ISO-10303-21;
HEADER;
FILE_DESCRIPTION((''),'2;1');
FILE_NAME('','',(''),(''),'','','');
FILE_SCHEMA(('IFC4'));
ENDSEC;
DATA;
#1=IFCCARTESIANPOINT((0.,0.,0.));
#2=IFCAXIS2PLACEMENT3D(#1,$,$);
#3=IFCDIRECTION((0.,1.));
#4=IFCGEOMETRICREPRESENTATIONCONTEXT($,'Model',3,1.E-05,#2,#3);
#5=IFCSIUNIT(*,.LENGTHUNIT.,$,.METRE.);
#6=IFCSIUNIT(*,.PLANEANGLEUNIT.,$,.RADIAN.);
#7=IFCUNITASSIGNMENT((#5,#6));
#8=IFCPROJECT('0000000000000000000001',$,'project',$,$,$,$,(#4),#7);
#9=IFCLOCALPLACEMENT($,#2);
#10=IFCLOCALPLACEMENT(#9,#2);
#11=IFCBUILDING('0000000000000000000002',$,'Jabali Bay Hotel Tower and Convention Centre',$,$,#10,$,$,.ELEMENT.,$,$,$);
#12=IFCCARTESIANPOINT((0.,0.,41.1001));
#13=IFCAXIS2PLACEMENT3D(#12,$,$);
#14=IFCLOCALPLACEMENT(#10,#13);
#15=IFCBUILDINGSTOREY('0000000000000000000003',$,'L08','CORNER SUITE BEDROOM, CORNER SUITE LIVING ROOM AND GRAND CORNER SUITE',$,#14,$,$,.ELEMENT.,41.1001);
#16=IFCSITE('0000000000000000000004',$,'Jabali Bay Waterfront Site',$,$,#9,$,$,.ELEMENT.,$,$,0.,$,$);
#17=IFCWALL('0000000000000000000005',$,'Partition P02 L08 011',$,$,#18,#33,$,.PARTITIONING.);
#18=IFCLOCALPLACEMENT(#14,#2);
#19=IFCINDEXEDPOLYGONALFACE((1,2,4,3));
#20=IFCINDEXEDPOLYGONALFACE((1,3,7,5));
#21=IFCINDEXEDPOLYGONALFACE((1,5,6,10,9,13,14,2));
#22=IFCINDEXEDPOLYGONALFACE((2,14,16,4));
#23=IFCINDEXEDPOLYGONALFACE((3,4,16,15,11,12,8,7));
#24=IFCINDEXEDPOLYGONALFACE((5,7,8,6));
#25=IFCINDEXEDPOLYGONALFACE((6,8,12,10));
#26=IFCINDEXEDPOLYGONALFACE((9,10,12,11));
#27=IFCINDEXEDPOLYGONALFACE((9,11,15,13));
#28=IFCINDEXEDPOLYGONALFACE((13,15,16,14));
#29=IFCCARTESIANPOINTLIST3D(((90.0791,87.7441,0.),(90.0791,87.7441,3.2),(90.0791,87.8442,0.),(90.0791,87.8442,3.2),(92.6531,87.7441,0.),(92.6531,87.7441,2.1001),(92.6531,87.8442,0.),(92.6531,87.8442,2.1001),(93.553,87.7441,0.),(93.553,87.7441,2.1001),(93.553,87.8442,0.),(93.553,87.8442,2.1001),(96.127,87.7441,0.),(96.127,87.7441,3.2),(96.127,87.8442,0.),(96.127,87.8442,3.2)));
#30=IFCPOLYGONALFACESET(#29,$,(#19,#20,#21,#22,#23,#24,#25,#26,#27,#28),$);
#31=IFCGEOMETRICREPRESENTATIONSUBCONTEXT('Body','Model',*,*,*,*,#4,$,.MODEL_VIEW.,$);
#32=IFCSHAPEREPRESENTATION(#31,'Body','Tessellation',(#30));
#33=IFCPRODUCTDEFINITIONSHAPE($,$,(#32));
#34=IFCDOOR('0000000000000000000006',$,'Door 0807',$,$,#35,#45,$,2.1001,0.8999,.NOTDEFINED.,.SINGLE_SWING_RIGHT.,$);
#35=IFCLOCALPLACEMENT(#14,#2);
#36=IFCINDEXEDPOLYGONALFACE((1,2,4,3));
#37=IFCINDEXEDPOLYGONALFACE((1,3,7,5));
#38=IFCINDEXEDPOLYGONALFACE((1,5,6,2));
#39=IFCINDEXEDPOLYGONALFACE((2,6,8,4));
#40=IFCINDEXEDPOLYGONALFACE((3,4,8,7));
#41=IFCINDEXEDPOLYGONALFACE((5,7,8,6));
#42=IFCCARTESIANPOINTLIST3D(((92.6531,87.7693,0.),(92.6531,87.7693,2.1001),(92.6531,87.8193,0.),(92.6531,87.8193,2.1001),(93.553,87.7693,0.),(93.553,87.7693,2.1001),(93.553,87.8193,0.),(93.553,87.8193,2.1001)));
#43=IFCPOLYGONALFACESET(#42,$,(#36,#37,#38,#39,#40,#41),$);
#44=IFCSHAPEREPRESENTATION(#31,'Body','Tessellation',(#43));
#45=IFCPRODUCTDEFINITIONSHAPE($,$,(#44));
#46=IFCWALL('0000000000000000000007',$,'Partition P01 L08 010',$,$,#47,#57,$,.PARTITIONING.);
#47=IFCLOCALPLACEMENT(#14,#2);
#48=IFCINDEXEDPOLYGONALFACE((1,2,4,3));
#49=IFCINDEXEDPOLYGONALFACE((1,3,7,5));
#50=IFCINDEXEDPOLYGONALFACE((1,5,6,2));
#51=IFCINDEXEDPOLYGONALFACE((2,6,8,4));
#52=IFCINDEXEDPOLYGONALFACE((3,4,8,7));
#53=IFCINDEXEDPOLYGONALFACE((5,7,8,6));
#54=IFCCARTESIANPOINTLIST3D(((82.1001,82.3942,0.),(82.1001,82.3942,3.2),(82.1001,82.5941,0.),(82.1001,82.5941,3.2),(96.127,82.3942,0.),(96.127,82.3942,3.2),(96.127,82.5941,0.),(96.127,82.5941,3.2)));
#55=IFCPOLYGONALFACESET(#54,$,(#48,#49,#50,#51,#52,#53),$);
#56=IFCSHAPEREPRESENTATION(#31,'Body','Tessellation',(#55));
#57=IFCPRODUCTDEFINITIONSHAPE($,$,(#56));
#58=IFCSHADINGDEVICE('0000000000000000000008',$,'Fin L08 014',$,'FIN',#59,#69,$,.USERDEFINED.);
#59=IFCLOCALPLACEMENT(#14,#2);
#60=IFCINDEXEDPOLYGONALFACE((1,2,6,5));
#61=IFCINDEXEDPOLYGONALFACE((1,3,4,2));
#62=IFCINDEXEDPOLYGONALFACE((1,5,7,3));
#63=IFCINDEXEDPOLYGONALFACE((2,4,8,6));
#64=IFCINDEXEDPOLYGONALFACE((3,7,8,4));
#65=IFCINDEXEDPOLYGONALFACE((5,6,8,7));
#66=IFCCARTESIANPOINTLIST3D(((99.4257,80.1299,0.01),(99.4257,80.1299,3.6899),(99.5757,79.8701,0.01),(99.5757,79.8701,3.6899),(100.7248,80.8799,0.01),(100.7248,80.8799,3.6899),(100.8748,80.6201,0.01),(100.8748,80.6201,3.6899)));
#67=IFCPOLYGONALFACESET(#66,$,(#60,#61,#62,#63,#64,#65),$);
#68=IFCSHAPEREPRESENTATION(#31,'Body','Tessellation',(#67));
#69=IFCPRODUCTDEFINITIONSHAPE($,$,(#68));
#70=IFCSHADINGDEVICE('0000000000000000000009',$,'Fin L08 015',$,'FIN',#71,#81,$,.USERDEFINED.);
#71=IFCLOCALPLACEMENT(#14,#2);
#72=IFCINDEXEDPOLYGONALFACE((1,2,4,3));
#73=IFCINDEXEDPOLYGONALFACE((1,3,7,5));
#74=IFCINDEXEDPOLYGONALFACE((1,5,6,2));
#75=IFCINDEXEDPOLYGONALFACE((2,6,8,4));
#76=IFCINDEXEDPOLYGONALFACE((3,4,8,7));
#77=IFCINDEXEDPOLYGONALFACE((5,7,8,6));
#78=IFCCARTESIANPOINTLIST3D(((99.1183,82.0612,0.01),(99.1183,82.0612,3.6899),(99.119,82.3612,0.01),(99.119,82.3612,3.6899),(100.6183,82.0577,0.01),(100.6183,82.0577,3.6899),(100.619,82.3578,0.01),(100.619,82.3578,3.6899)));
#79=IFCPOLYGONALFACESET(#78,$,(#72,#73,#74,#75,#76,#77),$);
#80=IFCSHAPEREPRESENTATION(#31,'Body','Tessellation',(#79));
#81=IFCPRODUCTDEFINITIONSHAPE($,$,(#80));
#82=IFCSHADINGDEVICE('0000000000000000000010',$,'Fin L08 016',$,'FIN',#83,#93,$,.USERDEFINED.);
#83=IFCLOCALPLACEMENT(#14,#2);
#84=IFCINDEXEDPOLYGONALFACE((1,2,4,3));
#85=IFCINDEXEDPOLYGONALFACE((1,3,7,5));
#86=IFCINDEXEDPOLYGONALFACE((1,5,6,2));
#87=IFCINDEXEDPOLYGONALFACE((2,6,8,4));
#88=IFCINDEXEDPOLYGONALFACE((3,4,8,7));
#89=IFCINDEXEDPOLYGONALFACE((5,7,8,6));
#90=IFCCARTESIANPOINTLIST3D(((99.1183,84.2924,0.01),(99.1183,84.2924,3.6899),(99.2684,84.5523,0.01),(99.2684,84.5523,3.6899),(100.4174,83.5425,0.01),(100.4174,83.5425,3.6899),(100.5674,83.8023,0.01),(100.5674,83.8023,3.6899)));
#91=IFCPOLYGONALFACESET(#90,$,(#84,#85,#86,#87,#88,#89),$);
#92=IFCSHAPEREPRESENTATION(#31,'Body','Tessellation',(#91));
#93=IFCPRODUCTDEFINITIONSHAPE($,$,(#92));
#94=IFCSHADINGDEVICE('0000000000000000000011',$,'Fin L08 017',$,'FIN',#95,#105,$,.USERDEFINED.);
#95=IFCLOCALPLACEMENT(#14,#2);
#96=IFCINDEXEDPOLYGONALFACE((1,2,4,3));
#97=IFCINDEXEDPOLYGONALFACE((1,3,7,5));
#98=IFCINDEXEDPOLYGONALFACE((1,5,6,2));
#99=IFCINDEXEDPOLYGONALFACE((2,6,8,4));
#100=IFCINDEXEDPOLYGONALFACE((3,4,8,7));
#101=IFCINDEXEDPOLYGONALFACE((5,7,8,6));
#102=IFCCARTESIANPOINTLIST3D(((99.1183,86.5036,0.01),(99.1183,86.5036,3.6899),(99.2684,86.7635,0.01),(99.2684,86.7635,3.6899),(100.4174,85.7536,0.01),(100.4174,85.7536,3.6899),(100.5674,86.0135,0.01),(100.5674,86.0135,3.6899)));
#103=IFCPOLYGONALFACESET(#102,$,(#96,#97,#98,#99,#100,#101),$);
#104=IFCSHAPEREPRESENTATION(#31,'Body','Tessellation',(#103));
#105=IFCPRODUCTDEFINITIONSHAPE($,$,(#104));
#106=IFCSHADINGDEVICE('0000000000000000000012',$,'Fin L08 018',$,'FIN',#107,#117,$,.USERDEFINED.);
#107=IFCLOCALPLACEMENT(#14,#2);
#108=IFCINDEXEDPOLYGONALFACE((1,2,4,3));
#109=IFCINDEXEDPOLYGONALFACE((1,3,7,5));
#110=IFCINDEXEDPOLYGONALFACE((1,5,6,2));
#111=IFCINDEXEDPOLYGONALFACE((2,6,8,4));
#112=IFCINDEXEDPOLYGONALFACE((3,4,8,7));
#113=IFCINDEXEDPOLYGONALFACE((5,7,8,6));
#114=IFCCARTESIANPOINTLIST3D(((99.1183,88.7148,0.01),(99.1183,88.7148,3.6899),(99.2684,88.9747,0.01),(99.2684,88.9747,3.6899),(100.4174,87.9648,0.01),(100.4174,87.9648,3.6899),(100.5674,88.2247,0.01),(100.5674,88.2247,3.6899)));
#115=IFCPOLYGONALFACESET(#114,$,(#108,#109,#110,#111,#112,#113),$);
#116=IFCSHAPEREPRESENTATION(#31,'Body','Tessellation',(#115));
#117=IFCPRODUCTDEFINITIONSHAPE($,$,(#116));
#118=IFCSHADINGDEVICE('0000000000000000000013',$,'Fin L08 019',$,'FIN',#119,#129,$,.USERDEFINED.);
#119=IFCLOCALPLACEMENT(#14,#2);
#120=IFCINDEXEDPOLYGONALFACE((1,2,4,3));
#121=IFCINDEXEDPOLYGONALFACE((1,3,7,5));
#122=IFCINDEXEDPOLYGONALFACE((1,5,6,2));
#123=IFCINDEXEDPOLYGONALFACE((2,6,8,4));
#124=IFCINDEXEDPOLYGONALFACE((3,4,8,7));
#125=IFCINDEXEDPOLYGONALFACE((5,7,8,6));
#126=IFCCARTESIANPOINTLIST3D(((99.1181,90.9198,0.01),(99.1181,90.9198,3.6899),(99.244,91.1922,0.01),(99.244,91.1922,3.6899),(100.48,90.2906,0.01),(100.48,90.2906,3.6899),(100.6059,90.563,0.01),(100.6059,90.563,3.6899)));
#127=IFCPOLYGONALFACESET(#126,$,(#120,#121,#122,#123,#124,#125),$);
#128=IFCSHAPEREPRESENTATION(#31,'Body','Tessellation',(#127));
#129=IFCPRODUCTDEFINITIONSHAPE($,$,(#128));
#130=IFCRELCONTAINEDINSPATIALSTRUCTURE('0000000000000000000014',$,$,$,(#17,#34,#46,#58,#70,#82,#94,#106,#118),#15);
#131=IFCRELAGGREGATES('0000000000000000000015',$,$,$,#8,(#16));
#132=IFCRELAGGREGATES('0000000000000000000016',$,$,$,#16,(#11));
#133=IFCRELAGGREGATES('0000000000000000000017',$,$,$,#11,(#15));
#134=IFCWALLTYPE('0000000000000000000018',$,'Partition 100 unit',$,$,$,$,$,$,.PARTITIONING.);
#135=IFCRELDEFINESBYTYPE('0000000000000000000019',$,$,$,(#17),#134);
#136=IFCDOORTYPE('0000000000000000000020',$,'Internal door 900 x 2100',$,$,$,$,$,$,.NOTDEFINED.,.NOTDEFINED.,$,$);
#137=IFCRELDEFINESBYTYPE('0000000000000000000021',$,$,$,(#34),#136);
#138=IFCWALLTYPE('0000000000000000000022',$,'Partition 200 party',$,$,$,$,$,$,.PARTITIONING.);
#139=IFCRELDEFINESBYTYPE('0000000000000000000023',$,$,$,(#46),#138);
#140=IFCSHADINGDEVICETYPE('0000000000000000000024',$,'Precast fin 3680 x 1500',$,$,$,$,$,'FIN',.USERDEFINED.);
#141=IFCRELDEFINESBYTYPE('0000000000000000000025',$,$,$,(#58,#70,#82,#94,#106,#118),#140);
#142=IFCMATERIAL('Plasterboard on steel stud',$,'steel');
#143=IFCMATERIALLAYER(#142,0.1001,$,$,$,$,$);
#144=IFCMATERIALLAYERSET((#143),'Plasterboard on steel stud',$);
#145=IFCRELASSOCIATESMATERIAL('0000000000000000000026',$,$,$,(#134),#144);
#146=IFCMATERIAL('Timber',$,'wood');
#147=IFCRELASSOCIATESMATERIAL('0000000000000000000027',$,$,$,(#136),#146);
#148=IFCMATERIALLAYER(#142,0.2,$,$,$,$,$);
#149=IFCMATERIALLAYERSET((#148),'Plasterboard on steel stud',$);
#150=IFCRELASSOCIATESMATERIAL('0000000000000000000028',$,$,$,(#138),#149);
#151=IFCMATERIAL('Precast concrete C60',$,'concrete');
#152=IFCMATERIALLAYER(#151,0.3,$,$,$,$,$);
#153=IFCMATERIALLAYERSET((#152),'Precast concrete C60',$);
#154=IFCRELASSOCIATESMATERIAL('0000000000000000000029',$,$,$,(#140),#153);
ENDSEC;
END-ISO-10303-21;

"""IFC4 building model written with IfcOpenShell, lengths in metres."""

from ifc_helpers import new_model, si_unit, direction, frame, frame_2d, origin, place, context, subcontext, project, spatial, rectangle, extrude, material, layer, layer_set, type_object, element, fill, save


model = new_model("IFC4")

# Units and contexts
model_context = context("Model", 3, precision=1e-05, world=origin(), true_north=direction((0.0, 1.0)))
body_context = subcontext(model_context, "Body", "Model", "MODEL_VIEW")
ifc_project = project(units=[si_unit("LENGTHUNIT", "METRE"), si_unit("PLANEANGLEUNIT", "RADIAN")], contexts=[model_context])

# Site, building, storey
site_placement = place(None, origin())
site = spatial("IfcSite", under=ifc_project, at=site_placement, Name="Jabali Bay Waterfront Site", CompositionType="ELEMENT", RefElevation=0.0)
building_placement = place(site_placement, origin())
building = spatial("IfcBuilding", under=site, at=building_placement, Name="Jabali Bay Hotel Tower and Convention Centre", CompositionType="ELEMENT")
storey_placement = place(building_placement, frame((0.0, 0.0, 41.1001)))
storey = spatial("IfcBuildingStorey", under=building, at=storey_placement, Name="L08", Description="CORNER SUITE BEDROOM, CORNER SUITE LIVING ROOM AND GRAND CORNER SUITE", CompositionType="ELEMENT", Elevation=41.1001)

# Wall, opening, door
ifc_material_1 = material(Name="Plasterboard on steel stud", Category="steel")
ifc_layer_1 = layer(ifc_material_1, 0.1001)
ifc_layer_set_1 = layer_set([ifc_layer_1], Name="Plasterboard on steel stud")
wall_type_1 = type_object("IfcWallType", Name="Partition 100 unit", PredefinedType="PARTITIONING", material=ifc_layer_set_1)
wall_1_placement = place(storey_placement, frame((96.127, 87.7942, 0.0), z_axis=(0.0, 0.0, 1.0), x_axis=(-1.0, 0.0, 0.0)))
wall_1 = element("IfcWall", 1, at=wall_1_placement, inside=storey, type_object=wall_type_1, Name="Partition P02 L08 011", PredefinedType="PARTITIONING", context=body_context, shape_type="SweptSolid", body=[
    extrude(rectangle(XDim=6.0479, YDim=0.1001, at=frame_2d((3.0239, 0.0))), origin(), (0.0, 0.0, 1.0), 3.2),
])
opening_1_placement = place(wall_1_placement, frame((2.574, 0.0, 0.0)))
opening_1 = element("IfcOpeningElement", 2, at=opening_1_placement, cuts=wall_1, PredefinedType="OPENING", context=body_context, shape_type="SweptSolid", body=[
    extrude(rectangle(XDim=0.8999, YDim=2.1001, at=frame_2d((0.45, 1.05))), frame((0.0, 0.0605, 0.0), z_axis=(0.0, -1.0, 0.0), x_axis=(1.0, 0.0, 0.0)), (0.0, 0.0, 1.0), 0.1211),
])
ifc_material_2 = material(Name="Timber", Category="wood")
door_type_1 = type_object("IfcDoorType", Name="Internal door 900 x 2100", OperationType="NOTDEFINED", PredefinedType="NOTDEFINED", material=ifc_material_2)
door_1_placement = place(opening_1_placement, origin())
door_1 = element("IfcDoor", 3, at=door_1_placement, inside=storey, type_object=door_type_1, Name="Door 0807", OperationType="SINGLE_SWING_RIGHT", OverallHeight=2.1001, OverallWidth=0.8999, PredefinedType="NOTDEFINED", context=body_context, shape_type="SweptSolid", body=[
    extrude(rectangle(XDim=0.8999, YDim=2.1001, at=frame_2d((0.45, 1.05))), frame((0.0, 0.0249, 0.0), z_axis=(0.0, -1.0, 0.0), x_axis=(1.0, 0.0, 0.0)), (0.0, 0.0, 1.0), 0.05),
])
fill(opening_1, door_1)

# Wall
ifc_layer_2 = layer(ifc_material_1, 0.2)
ifc_layer_set_2 = layer_set([ifc_layer_2], Name="Plasterboard on steel stud")
wall_type_2 = type_object("IfcWallType", Name="Partition 200 party", PredefinedType="PARTITIONING", material=ifc_layer_set_2)
wall_2_placement = place(storey_placement, frame((96.127, 82.4941, 0.0), z_axis=(0.0, 0.0, 1.0), x_axis=(-1.0, 0.0, 0.0)))
element("IfcWall", 4, at=wall_2_placement, inside=storey, type_object=wall_type_2, Name="Partition P01 L08 010", PredefinedType="PARTITIONING", context=body_context, shape_type="SweptSolid", body=[
    extrude(rectangle(XDim=14.0269, YDim=0.2, at=frame_2d((7.0134, 0.0))), origin(), (0.0, 0.0, 1.0), 3.2),
])

# Shading devices
ifc_material_3 = material(Name="Precast concrete C60", Category="concrete")
ifc_layer_3 = layer(ifc_material_3, 0.3)
ifc_layer_set_3 = layer_set([ifc_layer_3], Name="Precast concrete C60")
shading_device_type = type_object("IfcShadingDeviceType", Name="Precast fin 3680 x 1500", ElementType="FIN", PredefinedType="USERDEFINED", material=ifc_layer_set_3)
for number, where, z_axis, x_axis, name in (
    (5, (99.5007, 80.0, 0.01), (0.0, 0.0, 1.0), (0.866031, 0.49999, 0.0), "Fin L08 014"),
    (6, (99.1187, 82.2112, 0.01), (0.0, 0.0, 1.0), (0.999997, -0.002279, 0.0), "Fin L08 015"),
    (7, (99.1934, 84.4224, 0.01), (0.0, 0.0, 1.0), (0.866031, -0.49999, 0.0), "Fin L08 016"),
    (8, (99.1934, 86.6335, 0.01), (0.0, 0.0, 1.0), (0.866031, -0.49999, 0.0), "Fin L08 017"),
    (9, (99.1934, 88.8447, 0.01), (0.0, 0.0, 1.0), (0.866031, -0.49999, 0.0), "Fin L08 018"),
):
    element("IfcShadingDevice", number, at=place(storey_placement, frame(where, z_axis=z_axis, x_axis=x_axis)), inside=storey, type_object=shading_device_type, Name=name, ObjectType="FIN", PredefinedType="USERDEFINED", context=body_context, shape_type="SweptSolid", body=[
        extrude(rectangle(XDim=1.5, YDim=0.3, at=frame_2d((0.75, 0.0))), origin(), (0.0, 0.0, 1.0), 3.6799),
    ])
shading_device_placement = place(storey_placement, frame((99.1812, 91.0559, 0.01), z_axis=(0.0, 0.0, 1.0), x_axis=(0.907802, -0.419399, 0.0)))
element("IfcShadingDevice", 10, at=shading_device_placement, inside=storey, type_object=shading_device_type, Name="Fin L08 019", ObjectType="FIN", PredefinedType="USERDEFINED", context=body_context, shape_type="SweptSolid", body=[
    extrude(rectangle(XDim=1.5002, YDim=0.3, at=frame_2d((0.75, 0.0))), origin(), (0.0, 0.0, 1.0), 3.6799),
])

save(model, "model.ifc")
